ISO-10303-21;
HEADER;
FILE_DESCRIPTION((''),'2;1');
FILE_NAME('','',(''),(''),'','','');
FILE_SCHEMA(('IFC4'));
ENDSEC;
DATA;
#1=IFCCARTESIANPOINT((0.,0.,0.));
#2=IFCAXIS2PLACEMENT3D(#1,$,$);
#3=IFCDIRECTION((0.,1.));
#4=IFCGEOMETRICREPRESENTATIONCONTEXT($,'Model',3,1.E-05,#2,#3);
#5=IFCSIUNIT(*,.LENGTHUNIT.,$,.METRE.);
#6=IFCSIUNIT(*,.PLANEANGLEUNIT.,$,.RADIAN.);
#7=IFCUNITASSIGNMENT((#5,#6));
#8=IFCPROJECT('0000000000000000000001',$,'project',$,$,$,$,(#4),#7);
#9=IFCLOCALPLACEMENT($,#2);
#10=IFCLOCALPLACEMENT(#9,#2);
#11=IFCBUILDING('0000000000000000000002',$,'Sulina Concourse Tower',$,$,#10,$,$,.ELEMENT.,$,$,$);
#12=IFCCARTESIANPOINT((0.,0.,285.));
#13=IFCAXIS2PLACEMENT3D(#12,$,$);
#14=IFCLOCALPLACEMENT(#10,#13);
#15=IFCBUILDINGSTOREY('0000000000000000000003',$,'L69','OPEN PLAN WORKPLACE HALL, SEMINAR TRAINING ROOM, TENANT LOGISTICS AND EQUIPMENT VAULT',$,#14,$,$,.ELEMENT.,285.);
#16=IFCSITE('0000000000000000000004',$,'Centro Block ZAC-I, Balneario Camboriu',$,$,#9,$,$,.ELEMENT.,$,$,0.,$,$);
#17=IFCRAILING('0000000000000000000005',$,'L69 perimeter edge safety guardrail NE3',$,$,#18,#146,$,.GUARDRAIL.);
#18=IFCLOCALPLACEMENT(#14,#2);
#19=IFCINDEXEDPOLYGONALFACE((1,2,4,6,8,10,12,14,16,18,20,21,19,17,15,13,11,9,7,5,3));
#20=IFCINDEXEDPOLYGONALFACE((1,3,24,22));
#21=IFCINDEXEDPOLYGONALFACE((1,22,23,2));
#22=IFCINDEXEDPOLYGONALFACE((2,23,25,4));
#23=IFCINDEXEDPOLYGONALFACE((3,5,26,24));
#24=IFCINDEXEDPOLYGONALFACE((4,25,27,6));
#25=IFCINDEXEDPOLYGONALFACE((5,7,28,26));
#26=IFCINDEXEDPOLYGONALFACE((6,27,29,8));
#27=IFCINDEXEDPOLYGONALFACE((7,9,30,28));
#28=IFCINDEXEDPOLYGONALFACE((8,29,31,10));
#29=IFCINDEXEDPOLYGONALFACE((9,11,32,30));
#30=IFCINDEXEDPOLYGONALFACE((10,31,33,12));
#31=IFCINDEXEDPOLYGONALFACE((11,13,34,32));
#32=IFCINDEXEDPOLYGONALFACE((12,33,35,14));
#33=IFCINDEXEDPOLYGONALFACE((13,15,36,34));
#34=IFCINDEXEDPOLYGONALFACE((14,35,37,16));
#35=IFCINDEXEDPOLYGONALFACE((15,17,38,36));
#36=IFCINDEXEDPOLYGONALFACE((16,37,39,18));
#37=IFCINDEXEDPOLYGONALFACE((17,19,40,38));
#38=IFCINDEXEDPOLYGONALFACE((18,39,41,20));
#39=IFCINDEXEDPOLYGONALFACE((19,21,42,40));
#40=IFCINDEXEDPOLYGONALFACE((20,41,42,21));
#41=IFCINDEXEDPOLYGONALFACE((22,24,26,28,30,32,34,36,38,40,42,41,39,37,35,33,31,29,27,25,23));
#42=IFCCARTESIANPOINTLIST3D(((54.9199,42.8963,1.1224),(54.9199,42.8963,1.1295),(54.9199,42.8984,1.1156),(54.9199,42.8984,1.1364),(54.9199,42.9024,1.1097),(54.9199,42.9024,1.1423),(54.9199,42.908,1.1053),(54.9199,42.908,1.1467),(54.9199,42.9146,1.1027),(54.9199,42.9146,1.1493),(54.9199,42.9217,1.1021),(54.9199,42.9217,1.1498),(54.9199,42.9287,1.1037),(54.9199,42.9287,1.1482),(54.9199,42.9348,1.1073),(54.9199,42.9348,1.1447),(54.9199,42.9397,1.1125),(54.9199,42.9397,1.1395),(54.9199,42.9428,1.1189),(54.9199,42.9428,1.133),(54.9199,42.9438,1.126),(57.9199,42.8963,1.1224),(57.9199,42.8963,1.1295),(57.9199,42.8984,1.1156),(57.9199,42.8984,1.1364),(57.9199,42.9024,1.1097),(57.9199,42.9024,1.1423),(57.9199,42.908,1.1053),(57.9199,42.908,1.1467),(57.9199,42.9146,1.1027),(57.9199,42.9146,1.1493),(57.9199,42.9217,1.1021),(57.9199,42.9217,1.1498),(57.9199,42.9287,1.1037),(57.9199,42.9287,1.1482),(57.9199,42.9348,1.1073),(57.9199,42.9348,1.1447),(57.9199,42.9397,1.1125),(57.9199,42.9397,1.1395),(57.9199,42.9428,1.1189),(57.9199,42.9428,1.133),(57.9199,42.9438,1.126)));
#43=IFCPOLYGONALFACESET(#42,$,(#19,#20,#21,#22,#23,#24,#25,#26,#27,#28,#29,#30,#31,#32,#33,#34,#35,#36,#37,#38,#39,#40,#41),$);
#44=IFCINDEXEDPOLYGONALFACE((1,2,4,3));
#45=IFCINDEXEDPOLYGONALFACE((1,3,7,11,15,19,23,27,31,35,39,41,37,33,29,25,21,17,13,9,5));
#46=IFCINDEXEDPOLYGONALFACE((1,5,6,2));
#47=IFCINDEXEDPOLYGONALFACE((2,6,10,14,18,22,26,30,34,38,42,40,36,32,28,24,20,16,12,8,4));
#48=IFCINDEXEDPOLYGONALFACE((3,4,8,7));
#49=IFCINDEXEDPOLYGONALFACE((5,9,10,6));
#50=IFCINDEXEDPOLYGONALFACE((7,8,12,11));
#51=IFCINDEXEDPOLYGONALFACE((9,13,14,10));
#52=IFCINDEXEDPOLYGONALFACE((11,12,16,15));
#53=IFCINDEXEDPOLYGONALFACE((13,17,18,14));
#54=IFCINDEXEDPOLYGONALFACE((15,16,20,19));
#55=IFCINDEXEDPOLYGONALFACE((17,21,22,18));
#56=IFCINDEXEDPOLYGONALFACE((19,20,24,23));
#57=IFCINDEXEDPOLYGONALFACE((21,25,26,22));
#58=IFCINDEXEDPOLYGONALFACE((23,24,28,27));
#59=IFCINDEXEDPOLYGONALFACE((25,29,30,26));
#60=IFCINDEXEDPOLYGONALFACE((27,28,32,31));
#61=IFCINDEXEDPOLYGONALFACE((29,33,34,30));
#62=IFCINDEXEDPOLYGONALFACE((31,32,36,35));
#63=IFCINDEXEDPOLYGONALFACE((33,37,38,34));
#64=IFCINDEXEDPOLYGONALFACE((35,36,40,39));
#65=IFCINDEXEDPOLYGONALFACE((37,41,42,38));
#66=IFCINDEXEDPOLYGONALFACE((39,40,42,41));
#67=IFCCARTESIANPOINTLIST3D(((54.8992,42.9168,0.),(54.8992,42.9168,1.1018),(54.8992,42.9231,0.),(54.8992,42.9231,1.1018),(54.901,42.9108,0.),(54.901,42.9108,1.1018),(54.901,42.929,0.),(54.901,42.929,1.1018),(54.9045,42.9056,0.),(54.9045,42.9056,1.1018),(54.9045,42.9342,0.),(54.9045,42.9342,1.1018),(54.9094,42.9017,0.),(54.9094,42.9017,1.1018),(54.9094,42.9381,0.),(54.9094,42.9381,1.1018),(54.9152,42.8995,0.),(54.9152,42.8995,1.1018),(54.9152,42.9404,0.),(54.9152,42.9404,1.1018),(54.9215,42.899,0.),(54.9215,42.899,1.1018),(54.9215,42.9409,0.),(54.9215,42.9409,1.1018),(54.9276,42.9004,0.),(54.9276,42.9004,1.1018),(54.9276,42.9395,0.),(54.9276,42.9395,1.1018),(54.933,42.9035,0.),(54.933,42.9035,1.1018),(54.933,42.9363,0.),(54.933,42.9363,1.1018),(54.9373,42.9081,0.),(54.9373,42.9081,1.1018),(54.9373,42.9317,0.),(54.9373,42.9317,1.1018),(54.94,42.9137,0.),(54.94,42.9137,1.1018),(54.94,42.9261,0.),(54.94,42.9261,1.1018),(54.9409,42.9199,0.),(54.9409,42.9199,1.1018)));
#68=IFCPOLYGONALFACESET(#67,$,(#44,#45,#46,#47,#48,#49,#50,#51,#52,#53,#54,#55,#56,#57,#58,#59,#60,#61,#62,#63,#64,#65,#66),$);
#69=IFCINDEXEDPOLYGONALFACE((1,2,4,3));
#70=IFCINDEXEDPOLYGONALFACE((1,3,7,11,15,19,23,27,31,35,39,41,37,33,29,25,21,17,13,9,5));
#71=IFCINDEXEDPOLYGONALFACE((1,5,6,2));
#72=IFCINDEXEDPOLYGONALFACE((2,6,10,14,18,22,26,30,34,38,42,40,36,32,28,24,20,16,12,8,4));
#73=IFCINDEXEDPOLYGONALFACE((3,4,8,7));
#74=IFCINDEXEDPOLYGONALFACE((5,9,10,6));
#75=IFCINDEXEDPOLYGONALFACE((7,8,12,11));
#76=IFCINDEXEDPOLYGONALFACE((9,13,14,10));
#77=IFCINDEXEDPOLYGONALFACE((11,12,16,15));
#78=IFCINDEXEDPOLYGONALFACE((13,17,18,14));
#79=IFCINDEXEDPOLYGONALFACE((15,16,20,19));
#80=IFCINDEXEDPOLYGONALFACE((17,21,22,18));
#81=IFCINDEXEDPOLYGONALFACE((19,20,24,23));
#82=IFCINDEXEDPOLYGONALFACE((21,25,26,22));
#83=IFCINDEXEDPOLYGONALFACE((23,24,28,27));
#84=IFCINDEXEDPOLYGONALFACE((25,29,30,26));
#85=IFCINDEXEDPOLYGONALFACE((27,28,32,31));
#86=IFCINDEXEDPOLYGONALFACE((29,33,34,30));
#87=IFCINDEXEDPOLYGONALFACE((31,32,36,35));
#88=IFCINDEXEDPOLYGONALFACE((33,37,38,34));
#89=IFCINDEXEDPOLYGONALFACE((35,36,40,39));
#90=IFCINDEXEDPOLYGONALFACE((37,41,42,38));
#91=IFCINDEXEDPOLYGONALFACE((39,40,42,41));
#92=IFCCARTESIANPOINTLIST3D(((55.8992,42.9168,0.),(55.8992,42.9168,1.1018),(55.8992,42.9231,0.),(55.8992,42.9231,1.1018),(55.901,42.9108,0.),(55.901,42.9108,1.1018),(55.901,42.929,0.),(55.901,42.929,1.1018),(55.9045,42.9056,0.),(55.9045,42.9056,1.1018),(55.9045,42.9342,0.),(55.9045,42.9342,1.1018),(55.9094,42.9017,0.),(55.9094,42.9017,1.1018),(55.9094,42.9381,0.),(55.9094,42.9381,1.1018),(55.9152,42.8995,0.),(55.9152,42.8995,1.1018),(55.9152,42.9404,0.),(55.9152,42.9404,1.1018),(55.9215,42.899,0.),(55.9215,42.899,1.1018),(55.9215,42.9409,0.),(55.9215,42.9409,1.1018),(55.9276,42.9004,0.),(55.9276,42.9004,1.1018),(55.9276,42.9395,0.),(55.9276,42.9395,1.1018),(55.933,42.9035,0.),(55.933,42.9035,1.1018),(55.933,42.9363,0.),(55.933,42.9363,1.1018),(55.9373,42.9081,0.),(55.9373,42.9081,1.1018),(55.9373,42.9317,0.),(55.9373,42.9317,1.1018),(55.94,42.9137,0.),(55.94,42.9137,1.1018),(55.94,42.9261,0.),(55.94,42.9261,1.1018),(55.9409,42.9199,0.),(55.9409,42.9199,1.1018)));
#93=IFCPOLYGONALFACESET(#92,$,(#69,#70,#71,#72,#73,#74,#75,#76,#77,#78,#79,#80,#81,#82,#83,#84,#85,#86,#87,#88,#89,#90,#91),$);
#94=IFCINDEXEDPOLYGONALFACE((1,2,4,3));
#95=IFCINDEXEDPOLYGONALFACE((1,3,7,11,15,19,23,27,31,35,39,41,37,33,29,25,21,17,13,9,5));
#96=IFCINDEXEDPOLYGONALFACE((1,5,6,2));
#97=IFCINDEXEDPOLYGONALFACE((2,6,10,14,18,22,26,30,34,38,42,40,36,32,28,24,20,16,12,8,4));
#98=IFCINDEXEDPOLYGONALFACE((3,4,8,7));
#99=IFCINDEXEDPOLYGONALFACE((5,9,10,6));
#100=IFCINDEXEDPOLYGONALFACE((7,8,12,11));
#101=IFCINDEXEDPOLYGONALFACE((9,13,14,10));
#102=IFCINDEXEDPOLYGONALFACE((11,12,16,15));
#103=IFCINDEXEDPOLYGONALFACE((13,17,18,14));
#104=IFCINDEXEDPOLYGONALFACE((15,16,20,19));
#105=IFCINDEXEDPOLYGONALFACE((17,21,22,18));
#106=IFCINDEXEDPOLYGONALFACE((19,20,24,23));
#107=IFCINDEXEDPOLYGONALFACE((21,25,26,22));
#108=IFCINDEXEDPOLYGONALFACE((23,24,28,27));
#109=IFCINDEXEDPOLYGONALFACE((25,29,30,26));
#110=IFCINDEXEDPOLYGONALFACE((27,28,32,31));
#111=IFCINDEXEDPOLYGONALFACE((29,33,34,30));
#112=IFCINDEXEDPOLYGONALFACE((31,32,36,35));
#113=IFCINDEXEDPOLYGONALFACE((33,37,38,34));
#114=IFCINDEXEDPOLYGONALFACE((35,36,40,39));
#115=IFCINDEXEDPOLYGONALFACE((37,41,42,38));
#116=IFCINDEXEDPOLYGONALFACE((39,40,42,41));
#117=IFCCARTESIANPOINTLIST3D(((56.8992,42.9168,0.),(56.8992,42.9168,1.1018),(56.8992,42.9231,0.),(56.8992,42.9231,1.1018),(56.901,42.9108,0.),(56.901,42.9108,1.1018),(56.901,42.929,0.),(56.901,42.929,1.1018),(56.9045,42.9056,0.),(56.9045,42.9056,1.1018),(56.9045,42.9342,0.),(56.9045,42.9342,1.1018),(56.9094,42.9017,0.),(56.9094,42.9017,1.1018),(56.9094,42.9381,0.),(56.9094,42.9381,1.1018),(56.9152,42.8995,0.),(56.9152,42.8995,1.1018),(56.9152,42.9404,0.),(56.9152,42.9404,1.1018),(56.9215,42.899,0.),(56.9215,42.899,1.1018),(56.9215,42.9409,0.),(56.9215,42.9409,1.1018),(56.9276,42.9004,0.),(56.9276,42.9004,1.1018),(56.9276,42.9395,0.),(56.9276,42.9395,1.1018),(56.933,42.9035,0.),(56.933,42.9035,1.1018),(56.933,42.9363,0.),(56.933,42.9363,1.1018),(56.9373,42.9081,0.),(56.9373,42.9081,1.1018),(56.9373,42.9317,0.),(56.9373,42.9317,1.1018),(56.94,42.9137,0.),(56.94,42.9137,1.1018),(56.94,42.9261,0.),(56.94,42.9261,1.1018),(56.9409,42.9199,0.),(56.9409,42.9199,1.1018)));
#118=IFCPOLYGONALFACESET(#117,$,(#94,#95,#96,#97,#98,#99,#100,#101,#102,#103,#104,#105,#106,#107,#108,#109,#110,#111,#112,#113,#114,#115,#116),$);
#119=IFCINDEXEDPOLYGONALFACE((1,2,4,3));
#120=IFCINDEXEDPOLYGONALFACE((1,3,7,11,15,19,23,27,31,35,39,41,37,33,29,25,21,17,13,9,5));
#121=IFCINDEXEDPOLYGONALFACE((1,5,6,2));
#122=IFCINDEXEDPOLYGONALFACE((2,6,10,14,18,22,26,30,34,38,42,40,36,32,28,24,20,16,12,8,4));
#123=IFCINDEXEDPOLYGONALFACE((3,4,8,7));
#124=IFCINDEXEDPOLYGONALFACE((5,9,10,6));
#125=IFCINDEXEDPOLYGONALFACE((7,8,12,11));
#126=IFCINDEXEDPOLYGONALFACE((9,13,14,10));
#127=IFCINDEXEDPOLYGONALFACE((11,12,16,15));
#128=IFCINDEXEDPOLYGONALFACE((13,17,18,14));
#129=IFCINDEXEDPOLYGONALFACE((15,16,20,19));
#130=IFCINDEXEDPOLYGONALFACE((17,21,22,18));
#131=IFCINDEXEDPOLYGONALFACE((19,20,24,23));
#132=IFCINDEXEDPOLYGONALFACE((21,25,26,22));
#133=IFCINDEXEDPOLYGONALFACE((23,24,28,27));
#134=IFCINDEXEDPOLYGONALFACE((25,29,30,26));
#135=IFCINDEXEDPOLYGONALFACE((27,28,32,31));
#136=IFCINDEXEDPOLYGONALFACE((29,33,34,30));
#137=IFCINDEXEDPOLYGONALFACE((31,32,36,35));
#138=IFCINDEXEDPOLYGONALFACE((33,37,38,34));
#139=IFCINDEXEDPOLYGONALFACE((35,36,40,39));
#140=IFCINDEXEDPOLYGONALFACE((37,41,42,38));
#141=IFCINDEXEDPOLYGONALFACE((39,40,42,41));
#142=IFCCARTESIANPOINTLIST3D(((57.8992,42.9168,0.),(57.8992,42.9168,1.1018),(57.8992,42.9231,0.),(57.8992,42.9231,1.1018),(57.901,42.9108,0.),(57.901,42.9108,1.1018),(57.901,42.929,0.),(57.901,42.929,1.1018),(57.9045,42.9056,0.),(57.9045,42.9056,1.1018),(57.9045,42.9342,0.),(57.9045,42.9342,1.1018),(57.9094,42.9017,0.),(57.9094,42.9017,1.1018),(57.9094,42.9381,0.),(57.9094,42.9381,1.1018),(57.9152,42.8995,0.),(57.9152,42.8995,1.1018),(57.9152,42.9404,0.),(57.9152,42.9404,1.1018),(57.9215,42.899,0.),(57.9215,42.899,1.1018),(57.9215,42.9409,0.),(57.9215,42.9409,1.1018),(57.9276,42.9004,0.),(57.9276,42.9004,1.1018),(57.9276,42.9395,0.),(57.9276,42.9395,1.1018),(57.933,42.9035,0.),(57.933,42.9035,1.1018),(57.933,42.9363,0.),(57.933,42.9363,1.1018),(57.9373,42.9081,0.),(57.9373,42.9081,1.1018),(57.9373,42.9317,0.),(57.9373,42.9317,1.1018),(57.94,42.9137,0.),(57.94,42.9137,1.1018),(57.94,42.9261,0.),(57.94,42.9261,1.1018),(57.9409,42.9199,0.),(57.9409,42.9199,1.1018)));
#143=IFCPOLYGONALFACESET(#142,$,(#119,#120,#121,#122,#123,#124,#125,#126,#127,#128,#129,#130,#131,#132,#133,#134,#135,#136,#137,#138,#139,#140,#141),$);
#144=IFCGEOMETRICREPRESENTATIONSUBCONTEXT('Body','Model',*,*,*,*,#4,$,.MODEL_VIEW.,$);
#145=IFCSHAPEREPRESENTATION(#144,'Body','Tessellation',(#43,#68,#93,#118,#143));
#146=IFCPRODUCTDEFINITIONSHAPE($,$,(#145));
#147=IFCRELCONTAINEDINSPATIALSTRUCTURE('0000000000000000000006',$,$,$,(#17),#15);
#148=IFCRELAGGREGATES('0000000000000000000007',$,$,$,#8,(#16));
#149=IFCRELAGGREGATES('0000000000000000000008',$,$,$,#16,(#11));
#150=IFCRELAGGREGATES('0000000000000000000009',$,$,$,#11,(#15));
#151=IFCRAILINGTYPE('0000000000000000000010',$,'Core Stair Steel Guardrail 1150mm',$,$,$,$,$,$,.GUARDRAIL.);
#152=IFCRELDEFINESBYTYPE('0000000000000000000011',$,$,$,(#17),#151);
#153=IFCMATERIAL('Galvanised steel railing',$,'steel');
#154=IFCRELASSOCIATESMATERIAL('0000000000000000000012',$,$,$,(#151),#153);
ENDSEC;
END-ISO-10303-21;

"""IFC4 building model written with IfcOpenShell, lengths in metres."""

from ifc_helpers import new_model, si_unit, direction, frame, origin, origin_2d, place, context, subcontext, project, spatial, circle, extrude, material, type_object, element, save


model = new_model("IFC4")

# Units and contexts
model_context = context("Model", 3, precision=1e-05, world=origin(), true_north=direction((0.0, 1.0)))
body_context = subcontext(model_context, "Body", "Model", "MODEL_VIEW")
ifc_project = project(units=[si_unit("LENGTHUNIT", "METRE"), si_unit("PLANEANGLEUNIT", "RADIAN")], contexts=[model_context])

# Site, building, storey
site_placement = place(None, origin())
site = spatial("IfcSite", under=ifc_project, at=site_placement, Name="Centro Block ZAC-I, Balneario Camboriu", CompositionType="ELEMENT", RefElevation=0.0)
building_placement = place(site_placement, origin())
building = spatial("IfcBuilding", under=site, at=building_placement, Name="Sulina Concourse Tower", CompositionType="ELEMENT")
storey_placement = place(building_placement, frame((0.0, 0.0, 285.0)))
storey = spatial("IfcBuildingStorey", under=building, at=storey_placement, Name="L69", Description="OPEN PLAN WORKPLACE HALL, SEMINAR TRAINING ROOM, TENANT LOGISTICS AND EQUIPMENT VAULT", CompositionType="ELEMENT", Elevation=285.0)

# Railing
ifc_material_1 = material(Name="Galvanised steel railing", Category="steel")
railing_type = type_object("IfcRailingType", Name="Core Stair Steel Guardrail 1150mm", PredefinedType="GUARDRAIL", material=ifc_material_1)
railing_1_placement = place(storey_placement, frame((54.9199, 42.9199, 0.0)))
element("IfcRailing", 1, at=railing_1_placement, inside=storey, type_object=railing_type, Name="L69 perimeter edge safety guardrail NE3", PredefinedType="GUARDRAIL", context=body_context, shape_type="SweptSolid", body=[
    extrude(circle(Radius=0.0239, at=origin_2d()), frame((0.0, 0.0, 1.126), z_axis=(1.0, 0.0, 0.0), x_axis=(0.0, 1.0, 0.0)), (0.0, 0.0, 1.0), 3.0),
    extrude(circle(Radius=0.021, at=origin_2d()), origin(), (0.0, 0.0, 1.0), 1.1018),
    extrude(circle(Radius=0.021, at=origin_2d()), frame((1.0, 0.0, 0.0)), (0.0, 0.0, 1.0), 1.1018),
    extrude(circle(Radius=0.021, at=origin_2d()), frame((2.0, 0.0, 0.0)), (0.0, 0.0, 1.0), 1.1018),
    extrude(circle(Radius=0.021, at=origin_2d()), frame((3.0, 0.0, 0.0)), (0.0, 0.0, 1.0), 1.1018),
])

save(model, "model.ifc")
